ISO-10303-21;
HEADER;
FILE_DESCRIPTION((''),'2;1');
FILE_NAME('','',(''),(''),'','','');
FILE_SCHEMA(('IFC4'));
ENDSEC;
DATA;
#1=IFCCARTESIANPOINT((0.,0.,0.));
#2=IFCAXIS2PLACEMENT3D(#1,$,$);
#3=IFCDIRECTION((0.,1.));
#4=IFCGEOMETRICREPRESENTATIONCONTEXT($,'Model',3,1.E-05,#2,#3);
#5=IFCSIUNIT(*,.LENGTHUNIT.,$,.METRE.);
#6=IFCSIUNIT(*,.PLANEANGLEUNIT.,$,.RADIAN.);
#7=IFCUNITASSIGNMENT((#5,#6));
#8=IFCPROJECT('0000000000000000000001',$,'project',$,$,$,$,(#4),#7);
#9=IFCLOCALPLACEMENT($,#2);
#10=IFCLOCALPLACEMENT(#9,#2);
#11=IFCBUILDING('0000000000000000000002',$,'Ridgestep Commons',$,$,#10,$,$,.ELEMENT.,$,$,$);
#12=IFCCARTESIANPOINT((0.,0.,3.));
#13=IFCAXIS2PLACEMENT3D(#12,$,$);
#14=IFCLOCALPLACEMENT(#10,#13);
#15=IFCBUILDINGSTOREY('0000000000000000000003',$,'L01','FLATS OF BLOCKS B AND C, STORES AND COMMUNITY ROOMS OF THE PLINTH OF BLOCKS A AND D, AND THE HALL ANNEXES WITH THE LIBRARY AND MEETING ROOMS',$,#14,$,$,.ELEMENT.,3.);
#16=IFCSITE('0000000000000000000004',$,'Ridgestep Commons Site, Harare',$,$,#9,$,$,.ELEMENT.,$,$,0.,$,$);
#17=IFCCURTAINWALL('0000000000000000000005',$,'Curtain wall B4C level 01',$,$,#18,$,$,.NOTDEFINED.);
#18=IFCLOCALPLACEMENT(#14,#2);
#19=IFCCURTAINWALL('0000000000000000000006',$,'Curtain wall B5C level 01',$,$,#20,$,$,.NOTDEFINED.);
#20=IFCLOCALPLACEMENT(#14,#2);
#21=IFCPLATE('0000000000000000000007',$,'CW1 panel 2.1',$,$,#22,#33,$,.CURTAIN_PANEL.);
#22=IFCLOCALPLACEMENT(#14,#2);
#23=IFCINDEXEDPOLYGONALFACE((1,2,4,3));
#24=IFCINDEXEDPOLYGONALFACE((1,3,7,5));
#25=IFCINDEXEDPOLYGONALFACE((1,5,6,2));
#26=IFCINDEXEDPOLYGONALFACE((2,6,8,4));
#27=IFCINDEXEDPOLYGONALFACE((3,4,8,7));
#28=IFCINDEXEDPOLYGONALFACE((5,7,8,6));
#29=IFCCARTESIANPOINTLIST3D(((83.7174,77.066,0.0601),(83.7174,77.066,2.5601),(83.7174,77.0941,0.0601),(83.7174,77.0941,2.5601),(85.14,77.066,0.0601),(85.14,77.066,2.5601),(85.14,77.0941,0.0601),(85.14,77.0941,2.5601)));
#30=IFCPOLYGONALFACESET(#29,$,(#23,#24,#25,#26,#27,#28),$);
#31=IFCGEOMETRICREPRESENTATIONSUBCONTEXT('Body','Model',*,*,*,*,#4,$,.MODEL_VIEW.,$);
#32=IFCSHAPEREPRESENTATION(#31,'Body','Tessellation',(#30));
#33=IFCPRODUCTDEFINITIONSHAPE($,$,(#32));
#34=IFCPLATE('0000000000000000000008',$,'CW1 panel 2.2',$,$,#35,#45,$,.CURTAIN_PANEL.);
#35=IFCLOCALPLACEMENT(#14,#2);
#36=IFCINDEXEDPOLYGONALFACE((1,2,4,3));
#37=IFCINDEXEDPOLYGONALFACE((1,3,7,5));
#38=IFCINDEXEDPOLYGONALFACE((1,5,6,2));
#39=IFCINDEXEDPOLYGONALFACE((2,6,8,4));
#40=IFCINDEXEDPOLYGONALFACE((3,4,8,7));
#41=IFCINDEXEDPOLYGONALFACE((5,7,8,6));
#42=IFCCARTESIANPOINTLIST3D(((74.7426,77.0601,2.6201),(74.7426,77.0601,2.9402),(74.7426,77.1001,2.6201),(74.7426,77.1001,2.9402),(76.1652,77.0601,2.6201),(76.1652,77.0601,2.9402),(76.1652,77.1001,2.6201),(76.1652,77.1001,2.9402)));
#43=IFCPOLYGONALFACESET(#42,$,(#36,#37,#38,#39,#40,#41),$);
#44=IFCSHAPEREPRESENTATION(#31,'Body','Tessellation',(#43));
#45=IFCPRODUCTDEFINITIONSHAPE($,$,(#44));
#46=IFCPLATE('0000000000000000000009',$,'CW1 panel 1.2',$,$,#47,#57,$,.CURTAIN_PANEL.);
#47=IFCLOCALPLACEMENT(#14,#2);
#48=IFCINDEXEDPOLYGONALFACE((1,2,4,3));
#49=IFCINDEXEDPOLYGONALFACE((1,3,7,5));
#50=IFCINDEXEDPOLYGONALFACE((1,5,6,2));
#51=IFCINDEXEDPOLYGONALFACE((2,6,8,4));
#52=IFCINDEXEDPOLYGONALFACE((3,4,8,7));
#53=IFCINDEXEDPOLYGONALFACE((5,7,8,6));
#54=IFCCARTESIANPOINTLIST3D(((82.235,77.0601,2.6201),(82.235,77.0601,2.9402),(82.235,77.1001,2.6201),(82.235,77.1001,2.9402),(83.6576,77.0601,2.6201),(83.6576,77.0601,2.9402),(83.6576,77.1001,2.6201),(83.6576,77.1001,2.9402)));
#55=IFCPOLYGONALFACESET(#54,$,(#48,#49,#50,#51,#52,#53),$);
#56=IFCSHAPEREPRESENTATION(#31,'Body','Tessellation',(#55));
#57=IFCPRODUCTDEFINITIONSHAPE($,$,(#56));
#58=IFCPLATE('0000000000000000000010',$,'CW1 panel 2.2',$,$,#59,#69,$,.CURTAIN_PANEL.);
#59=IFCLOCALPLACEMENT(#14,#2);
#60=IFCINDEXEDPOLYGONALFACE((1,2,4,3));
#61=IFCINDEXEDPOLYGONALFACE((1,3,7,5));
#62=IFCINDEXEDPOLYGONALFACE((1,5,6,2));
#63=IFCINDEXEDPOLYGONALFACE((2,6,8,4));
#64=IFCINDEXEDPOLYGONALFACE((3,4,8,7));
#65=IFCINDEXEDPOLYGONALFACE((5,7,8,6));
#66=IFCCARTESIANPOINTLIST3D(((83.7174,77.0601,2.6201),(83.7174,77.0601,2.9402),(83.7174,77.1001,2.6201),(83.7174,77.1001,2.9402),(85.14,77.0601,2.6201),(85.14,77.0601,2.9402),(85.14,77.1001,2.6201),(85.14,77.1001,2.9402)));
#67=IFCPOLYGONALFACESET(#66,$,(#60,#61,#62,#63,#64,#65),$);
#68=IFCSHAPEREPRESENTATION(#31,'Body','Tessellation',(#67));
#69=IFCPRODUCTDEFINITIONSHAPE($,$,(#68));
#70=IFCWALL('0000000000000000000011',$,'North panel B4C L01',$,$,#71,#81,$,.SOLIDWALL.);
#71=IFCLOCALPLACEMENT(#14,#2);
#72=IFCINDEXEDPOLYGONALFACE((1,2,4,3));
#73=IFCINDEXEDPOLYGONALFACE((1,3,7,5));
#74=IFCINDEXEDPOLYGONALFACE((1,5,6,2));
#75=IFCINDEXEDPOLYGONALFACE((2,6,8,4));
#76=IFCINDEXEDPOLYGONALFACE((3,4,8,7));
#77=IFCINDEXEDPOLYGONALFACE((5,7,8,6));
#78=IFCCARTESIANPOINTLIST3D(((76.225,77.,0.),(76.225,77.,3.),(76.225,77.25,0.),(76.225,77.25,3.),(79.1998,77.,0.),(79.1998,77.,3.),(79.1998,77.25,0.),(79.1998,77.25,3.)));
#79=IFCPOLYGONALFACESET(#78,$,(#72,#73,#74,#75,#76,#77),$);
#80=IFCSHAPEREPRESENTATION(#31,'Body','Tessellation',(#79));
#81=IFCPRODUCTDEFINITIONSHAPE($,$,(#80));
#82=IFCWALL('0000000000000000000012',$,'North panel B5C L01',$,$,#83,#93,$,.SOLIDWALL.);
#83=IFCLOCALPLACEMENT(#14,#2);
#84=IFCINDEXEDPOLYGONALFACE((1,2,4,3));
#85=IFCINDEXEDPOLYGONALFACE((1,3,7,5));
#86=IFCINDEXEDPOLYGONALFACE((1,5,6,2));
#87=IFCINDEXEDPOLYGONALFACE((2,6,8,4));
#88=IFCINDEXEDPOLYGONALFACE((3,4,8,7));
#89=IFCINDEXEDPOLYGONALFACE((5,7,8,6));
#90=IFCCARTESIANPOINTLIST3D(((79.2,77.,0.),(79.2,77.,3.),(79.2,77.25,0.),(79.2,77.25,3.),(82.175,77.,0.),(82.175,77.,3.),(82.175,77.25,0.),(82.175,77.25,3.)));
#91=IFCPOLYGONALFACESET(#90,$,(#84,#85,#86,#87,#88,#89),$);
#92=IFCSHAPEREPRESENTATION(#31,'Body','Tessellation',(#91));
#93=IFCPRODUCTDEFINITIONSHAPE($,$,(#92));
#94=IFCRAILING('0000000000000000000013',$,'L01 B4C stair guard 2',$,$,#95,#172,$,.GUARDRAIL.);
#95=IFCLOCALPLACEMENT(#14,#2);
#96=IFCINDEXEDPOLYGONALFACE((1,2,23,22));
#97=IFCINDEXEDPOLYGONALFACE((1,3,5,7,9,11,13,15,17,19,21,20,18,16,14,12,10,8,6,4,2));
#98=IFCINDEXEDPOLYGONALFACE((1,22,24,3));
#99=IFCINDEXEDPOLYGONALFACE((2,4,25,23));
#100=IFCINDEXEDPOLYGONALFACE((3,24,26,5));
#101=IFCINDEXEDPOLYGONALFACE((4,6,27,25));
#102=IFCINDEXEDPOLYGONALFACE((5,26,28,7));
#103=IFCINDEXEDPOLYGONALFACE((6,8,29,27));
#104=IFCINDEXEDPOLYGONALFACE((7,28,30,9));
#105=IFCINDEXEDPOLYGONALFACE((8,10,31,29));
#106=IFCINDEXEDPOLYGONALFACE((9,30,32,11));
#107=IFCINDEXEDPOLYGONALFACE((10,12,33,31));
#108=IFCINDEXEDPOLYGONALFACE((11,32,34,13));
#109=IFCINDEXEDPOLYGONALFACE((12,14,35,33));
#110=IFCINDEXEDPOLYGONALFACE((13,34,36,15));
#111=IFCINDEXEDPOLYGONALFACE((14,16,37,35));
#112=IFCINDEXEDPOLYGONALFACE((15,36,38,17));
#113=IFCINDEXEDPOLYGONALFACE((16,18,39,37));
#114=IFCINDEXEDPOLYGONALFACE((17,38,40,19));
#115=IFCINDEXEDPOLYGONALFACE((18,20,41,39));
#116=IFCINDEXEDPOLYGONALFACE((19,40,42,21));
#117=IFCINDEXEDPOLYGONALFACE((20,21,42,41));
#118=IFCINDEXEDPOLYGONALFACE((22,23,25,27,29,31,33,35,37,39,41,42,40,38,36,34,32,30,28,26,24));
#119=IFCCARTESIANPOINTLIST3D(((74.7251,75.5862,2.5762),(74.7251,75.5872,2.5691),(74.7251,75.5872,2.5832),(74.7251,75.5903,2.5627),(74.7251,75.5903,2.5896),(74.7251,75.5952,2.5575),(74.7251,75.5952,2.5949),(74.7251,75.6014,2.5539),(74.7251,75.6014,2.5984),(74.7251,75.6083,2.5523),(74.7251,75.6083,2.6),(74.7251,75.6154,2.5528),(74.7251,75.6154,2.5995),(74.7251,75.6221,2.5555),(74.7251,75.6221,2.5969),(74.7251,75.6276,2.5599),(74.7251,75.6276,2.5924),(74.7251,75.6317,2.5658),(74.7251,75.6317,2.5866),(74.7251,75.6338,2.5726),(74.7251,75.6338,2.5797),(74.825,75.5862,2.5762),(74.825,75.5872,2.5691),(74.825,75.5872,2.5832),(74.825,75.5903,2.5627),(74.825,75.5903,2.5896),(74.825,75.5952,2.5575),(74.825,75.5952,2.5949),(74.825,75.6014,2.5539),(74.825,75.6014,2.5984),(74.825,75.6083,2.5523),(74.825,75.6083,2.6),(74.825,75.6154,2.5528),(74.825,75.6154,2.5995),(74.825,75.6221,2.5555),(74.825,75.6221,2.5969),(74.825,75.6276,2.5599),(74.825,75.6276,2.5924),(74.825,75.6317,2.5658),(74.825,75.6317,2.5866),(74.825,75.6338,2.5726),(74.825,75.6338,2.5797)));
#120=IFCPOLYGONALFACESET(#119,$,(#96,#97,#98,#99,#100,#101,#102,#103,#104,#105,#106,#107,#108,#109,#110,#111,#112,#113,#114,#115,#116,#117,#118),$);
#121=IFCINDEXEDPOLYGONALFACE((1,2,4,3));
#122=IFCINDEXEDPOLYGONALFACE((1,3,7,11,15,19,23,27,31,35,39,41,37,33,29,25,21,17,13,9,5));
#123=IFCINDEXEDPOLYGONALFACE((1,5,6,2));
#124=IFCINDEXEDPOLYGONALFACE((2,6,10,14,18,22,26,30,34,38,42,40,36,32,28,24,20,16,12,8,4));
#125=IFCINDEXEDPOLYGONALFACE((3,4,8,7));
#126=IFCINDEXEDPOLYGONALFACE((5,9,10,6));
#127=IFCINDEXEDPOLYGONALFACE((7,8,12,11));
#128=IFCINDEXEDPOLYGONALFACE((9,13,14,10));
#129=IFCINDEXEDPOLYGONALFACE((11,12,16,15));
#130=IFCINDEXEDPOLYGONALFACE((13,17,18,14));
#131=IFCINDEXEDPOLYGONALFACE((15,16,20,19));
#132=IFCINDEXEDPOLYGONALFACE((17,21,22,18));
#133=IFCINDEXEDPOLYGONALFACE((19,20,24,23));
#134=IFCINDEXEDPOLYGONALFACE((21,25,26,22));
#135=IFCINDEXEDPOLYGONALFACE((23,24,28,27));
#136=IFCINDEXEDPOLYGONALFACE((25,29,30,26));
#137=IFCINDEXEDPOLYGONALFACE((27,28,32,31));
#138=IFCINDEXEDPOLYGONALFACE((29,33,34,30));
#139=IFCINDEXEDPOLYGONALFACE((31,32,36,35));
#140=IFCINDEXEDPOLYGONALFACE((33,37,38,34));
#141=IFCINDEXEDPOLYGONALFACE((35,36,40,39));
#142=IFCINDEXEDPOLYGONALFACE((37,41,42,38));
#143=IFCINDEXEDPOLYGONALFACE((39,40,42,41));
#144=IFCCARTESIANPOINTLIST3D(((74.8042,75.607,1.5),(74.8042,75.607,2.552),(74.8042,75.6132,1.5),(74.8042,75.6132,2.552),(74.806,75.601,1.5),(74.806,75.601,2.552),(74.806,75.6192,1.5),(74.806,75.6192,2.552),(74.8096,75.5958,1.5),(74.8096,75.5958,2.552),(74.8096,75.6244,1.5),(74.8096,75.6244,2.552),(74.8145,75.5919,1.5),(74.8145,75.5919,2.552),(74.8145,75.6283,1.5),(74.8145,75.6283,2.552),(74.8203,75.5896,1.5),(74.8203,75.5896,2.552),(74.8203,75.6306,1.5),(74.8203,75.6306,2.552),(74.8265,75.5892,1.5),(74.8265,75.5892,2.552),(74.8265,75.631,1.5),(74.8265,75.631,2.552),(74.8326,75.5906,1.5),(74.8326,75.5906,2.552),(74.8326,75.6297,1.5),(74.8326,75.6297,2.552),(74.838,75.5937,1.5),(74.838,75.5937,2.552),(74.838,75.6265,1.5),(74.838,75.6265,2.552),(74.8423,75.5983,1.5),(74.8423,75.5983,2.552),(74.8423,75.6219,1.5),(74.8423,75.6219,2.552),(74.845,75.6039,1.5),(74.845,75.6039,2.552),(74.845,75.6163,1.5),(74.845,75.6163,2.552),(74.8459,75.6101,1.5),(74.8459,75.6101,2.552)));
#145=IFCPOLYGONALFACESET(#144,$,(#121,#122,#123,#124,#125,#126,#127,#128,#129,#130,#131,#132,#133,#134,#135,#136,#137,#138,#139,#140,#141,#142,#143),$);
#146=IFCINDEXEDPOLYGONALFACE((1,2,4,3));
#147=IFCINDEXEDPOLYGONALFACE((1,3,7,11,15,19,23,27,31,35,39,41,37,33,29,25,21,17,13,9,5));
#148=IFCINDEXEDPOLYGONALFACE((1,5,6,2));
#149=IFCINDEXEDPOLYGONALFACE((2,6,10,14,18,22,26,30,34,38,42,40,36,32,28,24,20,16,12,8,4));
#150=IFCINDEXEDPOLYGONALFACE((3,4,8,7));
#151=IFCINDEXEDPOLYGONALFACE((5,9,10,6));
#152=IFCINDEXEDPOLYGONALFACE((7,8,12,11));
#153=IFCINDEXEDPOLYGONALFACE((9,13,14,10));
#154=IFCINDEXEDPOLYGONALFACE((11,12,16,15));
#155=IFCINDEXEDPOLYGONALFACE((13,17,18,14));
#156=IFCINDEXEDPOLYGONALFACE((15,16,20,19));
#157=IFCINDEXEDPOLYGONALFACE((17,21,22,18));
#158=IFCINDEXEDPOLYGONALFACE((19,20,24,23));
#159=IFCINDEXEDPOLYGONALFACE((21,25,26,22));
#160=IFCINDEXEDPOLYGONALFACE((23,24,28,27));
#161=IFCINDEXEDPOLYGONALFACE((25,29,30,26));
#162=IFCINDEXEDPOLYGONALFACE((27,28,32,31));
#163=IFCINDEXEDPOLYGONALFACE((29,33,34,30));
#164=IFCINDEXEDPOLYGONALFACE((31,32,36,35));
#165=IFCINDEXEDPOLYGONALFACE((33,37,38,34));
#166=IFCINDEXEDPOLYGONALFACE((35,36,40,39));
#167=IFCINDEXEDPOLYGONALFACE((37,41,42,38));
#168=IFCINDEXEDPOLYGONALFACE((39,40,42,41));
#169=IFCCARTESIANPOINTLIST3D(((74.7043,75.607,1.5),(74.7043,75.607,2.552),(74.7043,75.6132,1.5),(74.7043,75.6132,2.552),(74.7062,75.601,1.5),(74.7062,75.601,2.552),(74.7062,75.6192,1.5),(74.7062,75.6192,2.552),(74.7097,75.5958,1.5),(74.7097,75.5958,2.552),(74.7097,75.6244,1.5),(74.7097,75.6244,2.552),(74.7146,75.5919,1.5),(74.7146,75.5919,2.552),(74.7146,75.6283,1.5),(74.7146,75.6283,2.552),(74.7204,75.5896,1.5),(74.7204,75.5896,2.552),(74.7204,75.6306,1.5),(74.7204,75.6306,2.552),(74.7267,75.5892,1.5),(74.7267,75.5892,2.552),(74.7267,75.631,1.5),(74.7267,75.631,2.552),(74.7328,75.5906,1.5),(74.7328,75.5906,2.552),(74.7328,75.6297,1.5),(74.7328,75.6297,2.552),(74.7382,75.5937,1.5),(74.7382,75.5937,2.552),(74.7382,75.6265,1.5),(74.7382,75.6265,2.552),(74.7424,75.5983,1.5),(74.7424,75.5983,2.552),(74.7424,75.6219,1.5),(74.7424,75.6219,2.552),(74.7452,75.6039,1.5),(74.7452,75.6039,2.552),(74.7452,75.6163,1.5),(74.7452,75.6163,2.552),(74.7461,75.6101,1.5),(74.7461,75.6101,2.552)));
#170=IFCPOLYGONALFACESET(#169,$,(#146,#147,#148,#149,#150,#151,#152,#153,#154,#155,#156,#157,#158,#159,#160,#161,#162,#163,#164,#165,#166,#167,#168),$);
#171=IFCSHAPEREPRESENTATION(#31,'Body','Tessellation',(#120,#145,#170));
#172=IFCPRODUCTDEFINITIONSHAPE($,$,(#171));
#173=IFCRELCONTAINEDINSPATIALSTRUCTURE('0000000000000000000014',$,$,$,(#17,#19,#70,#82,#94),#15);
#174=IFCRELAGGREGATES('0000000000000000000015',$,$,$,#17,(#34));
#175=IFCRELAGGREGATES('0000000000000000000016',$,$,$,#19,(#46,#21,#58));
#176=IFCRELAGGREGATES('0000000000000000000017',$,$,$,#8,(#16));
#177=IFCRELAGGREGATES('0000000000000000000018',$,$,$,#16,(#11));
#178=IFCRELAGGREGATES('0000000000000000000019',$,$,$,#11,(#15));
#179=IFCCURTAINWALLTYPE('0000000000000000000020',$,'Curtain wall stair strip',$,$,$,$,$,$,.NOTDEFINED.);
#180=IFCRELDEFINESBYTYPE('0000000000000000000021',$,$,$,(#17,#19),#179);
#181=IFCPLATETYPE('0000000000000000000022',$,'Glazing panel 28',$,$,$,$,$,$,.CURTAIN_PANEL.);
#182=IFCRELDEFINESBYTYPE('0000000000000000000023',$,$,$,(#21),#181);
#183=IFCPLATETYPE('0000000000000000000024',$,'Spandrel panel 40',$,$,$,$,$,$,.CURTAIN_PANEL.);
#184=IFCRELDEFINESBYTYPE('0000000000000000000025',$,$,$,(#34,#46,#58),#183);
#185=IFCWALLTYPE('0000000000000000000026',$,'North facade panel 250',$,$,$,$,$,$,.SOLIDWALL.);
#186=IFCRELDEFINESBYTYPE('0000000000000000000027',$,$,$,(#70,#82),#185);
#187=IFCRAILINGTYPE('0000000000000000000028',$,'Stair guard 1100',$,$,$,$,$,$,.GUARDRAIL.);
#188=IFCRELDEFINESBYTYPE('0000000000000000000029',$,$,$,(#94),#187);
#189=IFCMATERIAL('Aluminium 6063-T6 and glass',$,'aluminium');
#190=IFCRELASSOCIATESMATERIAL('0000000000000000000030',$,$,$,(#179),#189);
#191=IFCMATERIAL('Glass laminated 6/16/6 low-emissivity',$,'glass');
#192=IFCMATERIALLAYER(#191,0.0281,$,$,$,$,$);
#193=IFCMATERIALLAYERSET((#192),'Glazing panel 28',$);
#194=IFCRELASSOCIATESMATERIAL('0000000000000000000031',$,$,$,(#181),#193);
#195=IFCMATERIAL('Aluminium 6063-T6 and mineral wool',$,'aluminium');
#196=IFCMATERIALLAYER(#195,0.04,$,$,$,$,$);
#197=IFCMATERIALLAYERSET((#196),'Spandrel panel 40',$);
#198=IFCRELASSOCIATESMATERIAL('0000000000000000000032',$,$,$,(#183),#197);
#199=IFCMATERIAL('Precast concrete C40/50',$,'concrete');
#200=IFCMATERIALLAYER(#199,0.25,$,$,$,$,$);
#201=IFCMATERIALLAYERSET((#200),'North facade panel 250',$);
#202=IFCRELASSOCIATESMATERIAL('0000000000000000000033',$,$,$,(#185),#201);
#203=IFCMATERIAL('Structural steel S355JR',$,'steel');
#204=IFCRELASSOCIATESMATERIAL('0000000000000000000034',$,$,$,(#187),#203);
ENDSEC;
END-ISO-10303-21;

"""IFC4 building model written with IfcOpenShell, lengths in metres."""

from ifc_helpers import new_model, si_unit, direction, frame, frame_2d, origin, origin_2d, place, context, subcontext, project, spatial, rectangle, circle, extrude, material, layer, layer_set, type_object, element, aggregate, save


model = new_model("IFC4")

# Units and contexts
model_context = context("Model", 3, precision=1e-05, world=origin(), true_north=direction((0.0, 1.0)))
body_context = subcontext(model_context, "Body", "Model", "MODEL_VIEW")
ifc_project = project(units=[si_unit("LENGTHUNIT", "METRE"), si_unit("PLANEANGLEUNIT", "RADIAN")], contexts=[model_context])

# Site, building, storey
site_placement = place(None, origin())
site = spatial("IfcSite", under=ifc_project, at=site_placement, Name="Ridgestep Commons Site, Harare", CompositionType="ELEMENT", RefElevation=0.0)
building_placement = place(site_placement, origin())
building = spatial("IfcBuilding", under=site, at=building_placement, Name="Ridgestep Commons", CompositionType="ELEMENT")
storey_placement = place(building_placement, frame((0.0, 0.0, 3.0)))
storey = spatial("IfcBuildingStorey", under=building, at=storey_placement, Name="L01", Description="FLATS OF BLOCKS B AND C, STORES AND COMMUNITY ROOMS OF THE PLINTH OF BLOCKS A AND D, AND THE HALL ANNEXES WITH THE LIBRARY AND MEETING ROOMS", CompositionType="ELEMENT", Elevation=3.0)

# Curtain wall
ifc_material_1 = material(Name="Aluminium 6063-T6 and glass", Category="aluminium")
curtain_wall_type = type_object("IfcCurtainWallType", Name="Curtain wall stair strip", PredefinedType="NOTDEFINED", material=ifc_material_1)
curtain_wall_1_placement = place(storey_placement, origin())
curtain_wall_1 = element("IfcCurtainWall", 1, at=curtain_wall_1_placement, inside=storey, type_object=curtain_wall_type, Name="Curtain wall B4C level 01", PredefinedType="NOTDEFINED")

# Curtain wall
curtain_wall_2_placement = place(storey_placement, origin())
curtain_wall_2 = element("IfcCurtainWall", 2, at=curtain_wall_2_placement, inside=storey, type_object=curtain_wall_type, Name="Curtain wall B5C level 01", PredefinedType="NOTDEFINED")

# Plates
ifc_material_2 = material(Name="Glass laminated 6/16/6 low-emissivity", Category="glass")
ifc_layer_1 = layer(ifc_material_2, 0.0281)
ifc_layer_set_1 = layer_set([ifc_layer_1], Name="Glazing panel 28")
plate_type_1 = type_object("IfcPlateType", Name="Glazing panel 28", PredefinedType="CURTAIN_PANEL", material=ifc_layer_set_1)
plate_1_placement = place(storey_placement, frame((84.4287, 77.0801, 0.0601), z_axis=(0.0, 0.0, 1.0), x_axis=(1.0, 0.0, 0.0)))
plate_1 = element("IfcPlate", 3, at=plate_1_placement, type_object=plate_type_1, Name="CW1 panel 2.1", PredefinedType="CURTAIN_PANEL", context=body_context, shape_type="SweptSolid", body=[
    extrude(rectangle(XDim=1.4226, YDim=0.0281, at=origin_2d()), origin(), (0.0, 0.0, 1.0), 2.5),
])
ifc_material_3 = material(Name="Aluminium 6063-T6 and mineral wool", Category="aluminium")
ifc_layer_2 = layer(ifc_material_3, 0.04)
ifc_layer_set_2 = layer_set([ifc_layer_2], Name="Spandrel panel 40")
plate_type_2 = type_object("IfcPlateType", Name="Spandrel panel 40", PredefinedType="CURTAIN_PANEL", material=ifc_layer_set_2)
plate_2_placement = place(storey_placement, frame((75.4539, 77.0801, 2.6201), z_axis=(0.0, 0.0, 1.0), x_axis=(1.0, 0.0, 0.0)))
plate_2 = element("IfcPlate", 4, at=plate_2_placement, type_object=plate_type_2, Name="CW1 panel 2.2", PredefinedType="CURTAIN_PANEL", context=body_context, shape_type="SweptSolid", body=[
    extrude(rectangle(XDim=1.4226, YDim=0.04, at=origin_2d()), origin(), (0.0, 0.0, 1.0), 0.3201),
])
aggregate(curtain_wall_1, [plate_2])
plate_3_placement = place(storey_placement, frame((82.9463, 77.0801, 2.6201), z_axis=(0.0, 0.0, 1.0), x_axis=(1.0, 0.0, 0.0)))
plate_3 = element("IfcPlate", 5, at=plate_3_placement, type_object=plate_type_2, Name="CW1 panel 1.2", PredefinedType="CURTAIN_PANEL", context=body_context, shape_type="SweptSolid", body=[
    extrude(rectangle(XDim=1.4226, YDim=0.04, at=origin_2d()), origin(), (0.0, 0.0, 1.0), 0.3201),
])
plate_4_placement = place(storey_placement, frame((84.4287, 77.0801, 2.6201), z_axis=(0.0, 0.0, 1.0), x_axis=(1.0, 0.0, 0.0)))
plate_4 = element("IfcPlate", 6, at=plate_4_placement, type_object=plate_type_2, Name="CW1 panel 2.2", PredefinedType="CURTAIN_PANEL", context=body_context, shape_type="SweptSolid", body=[
    extrude(rectangle(XDim=1.4226, YDim=0.04, at=origin_2d()), origin(), (0.0, 0.0, 1.0), 0.3201),
])
aggregate(curtain_wall_2, [plate_3, plate_1, plate_4])

# Walls
ifc_material_4 = material(Name="Precast concrete C40/50", Category="concrete")
ifc_layer_3 = layer(ifc_material_4, 0.25)
ifc_layer_set_3 = layer_set([ifc_layer_3], Name="North facade panel 250")
wall_type = type_object("IfcWallType", Name="North facade panel 250", PredefinedType="SOLIDWALL", material=ifc_layer_set_3)
wall_1_placement = place(storey_placement, frame((76.2251, 77.125, 0.0), z_axis=(0.0, 0.0, 1.0), x_axis=(1.0, 0.0, 0.0)))
element("IfcWall", 7, at=wall_1_placement, inside=storey, type_object=wall_type, Name="North panel B4C L01", PredefinedType="SOLIDWALL", context=body_context, shape_type="SweptSolid", body=[
    extrude(rectangle(XDim=2.9749, YDim=0.25, at=frame_2d((1.4873, 0.0))), origin(), (0.0, 0.0, 1.0), 3.0),
])
wall_2_placement = place(storey_placement, frame((79.2, 77.125, 0.0), z_axis=(0.0, 0.0, 1.0), x_axis=(1.0, 0.0, 0.0)))
element("IfcWall", 8, at=wall_2_placement, inside=storey, type_object=wall_type, Name="North panel B5C L01", PredefinedType="SOLIDWALL", context=body_context, shape_type="SweptSolid", body=[
    extrude(rectangle(XDim=2.9751, YDim=0.25, at=frame_2d((1.4875, 0.0))), origin(), (0.0, 0.0, 1.0), 3.0),
])

# Railing
ifc_material_5 = material(Name="Structural steel S355JR", Category="steel")
railing_type = type_object("IfcRailingType", Name="Stair guard 1100", PredefinedType="GUARDRAIL", material=ifc_material_5)
railing_1_placement = place(storey_placement, frame((74.825, 75.6101, 1.5)))
element("IfcRailing", 9, at=railing_1_placement, inside=storey, type_object=railing_type, Name="L01 B4C stair guard 2", PredefinedType="GUARDRAIL", context=body_context, shape_type="SweptSolid", body=[
    extrude(circle(Radius=0.0239, at=origin_2d()), frame((0.0, 0.0, 1.0762), z_axis=(-1.0, 0.0, 0.0), x_axis=(0.0, -1.0, 0.0)), (0.0, 0.0, 1.0), 0.0999),
    extrude(circle(Radius=0.021, at=origin_2d()), origin(), (0.0, 0.0, 1.0), 1.052),
    extrude(circle(Radius=0.021, at=origin_2d()), frame((-0.0999, 0.0, 0.0)), (0.0, 0.0, 1.0), 1.052),
])

save(model, "model.ifc")
